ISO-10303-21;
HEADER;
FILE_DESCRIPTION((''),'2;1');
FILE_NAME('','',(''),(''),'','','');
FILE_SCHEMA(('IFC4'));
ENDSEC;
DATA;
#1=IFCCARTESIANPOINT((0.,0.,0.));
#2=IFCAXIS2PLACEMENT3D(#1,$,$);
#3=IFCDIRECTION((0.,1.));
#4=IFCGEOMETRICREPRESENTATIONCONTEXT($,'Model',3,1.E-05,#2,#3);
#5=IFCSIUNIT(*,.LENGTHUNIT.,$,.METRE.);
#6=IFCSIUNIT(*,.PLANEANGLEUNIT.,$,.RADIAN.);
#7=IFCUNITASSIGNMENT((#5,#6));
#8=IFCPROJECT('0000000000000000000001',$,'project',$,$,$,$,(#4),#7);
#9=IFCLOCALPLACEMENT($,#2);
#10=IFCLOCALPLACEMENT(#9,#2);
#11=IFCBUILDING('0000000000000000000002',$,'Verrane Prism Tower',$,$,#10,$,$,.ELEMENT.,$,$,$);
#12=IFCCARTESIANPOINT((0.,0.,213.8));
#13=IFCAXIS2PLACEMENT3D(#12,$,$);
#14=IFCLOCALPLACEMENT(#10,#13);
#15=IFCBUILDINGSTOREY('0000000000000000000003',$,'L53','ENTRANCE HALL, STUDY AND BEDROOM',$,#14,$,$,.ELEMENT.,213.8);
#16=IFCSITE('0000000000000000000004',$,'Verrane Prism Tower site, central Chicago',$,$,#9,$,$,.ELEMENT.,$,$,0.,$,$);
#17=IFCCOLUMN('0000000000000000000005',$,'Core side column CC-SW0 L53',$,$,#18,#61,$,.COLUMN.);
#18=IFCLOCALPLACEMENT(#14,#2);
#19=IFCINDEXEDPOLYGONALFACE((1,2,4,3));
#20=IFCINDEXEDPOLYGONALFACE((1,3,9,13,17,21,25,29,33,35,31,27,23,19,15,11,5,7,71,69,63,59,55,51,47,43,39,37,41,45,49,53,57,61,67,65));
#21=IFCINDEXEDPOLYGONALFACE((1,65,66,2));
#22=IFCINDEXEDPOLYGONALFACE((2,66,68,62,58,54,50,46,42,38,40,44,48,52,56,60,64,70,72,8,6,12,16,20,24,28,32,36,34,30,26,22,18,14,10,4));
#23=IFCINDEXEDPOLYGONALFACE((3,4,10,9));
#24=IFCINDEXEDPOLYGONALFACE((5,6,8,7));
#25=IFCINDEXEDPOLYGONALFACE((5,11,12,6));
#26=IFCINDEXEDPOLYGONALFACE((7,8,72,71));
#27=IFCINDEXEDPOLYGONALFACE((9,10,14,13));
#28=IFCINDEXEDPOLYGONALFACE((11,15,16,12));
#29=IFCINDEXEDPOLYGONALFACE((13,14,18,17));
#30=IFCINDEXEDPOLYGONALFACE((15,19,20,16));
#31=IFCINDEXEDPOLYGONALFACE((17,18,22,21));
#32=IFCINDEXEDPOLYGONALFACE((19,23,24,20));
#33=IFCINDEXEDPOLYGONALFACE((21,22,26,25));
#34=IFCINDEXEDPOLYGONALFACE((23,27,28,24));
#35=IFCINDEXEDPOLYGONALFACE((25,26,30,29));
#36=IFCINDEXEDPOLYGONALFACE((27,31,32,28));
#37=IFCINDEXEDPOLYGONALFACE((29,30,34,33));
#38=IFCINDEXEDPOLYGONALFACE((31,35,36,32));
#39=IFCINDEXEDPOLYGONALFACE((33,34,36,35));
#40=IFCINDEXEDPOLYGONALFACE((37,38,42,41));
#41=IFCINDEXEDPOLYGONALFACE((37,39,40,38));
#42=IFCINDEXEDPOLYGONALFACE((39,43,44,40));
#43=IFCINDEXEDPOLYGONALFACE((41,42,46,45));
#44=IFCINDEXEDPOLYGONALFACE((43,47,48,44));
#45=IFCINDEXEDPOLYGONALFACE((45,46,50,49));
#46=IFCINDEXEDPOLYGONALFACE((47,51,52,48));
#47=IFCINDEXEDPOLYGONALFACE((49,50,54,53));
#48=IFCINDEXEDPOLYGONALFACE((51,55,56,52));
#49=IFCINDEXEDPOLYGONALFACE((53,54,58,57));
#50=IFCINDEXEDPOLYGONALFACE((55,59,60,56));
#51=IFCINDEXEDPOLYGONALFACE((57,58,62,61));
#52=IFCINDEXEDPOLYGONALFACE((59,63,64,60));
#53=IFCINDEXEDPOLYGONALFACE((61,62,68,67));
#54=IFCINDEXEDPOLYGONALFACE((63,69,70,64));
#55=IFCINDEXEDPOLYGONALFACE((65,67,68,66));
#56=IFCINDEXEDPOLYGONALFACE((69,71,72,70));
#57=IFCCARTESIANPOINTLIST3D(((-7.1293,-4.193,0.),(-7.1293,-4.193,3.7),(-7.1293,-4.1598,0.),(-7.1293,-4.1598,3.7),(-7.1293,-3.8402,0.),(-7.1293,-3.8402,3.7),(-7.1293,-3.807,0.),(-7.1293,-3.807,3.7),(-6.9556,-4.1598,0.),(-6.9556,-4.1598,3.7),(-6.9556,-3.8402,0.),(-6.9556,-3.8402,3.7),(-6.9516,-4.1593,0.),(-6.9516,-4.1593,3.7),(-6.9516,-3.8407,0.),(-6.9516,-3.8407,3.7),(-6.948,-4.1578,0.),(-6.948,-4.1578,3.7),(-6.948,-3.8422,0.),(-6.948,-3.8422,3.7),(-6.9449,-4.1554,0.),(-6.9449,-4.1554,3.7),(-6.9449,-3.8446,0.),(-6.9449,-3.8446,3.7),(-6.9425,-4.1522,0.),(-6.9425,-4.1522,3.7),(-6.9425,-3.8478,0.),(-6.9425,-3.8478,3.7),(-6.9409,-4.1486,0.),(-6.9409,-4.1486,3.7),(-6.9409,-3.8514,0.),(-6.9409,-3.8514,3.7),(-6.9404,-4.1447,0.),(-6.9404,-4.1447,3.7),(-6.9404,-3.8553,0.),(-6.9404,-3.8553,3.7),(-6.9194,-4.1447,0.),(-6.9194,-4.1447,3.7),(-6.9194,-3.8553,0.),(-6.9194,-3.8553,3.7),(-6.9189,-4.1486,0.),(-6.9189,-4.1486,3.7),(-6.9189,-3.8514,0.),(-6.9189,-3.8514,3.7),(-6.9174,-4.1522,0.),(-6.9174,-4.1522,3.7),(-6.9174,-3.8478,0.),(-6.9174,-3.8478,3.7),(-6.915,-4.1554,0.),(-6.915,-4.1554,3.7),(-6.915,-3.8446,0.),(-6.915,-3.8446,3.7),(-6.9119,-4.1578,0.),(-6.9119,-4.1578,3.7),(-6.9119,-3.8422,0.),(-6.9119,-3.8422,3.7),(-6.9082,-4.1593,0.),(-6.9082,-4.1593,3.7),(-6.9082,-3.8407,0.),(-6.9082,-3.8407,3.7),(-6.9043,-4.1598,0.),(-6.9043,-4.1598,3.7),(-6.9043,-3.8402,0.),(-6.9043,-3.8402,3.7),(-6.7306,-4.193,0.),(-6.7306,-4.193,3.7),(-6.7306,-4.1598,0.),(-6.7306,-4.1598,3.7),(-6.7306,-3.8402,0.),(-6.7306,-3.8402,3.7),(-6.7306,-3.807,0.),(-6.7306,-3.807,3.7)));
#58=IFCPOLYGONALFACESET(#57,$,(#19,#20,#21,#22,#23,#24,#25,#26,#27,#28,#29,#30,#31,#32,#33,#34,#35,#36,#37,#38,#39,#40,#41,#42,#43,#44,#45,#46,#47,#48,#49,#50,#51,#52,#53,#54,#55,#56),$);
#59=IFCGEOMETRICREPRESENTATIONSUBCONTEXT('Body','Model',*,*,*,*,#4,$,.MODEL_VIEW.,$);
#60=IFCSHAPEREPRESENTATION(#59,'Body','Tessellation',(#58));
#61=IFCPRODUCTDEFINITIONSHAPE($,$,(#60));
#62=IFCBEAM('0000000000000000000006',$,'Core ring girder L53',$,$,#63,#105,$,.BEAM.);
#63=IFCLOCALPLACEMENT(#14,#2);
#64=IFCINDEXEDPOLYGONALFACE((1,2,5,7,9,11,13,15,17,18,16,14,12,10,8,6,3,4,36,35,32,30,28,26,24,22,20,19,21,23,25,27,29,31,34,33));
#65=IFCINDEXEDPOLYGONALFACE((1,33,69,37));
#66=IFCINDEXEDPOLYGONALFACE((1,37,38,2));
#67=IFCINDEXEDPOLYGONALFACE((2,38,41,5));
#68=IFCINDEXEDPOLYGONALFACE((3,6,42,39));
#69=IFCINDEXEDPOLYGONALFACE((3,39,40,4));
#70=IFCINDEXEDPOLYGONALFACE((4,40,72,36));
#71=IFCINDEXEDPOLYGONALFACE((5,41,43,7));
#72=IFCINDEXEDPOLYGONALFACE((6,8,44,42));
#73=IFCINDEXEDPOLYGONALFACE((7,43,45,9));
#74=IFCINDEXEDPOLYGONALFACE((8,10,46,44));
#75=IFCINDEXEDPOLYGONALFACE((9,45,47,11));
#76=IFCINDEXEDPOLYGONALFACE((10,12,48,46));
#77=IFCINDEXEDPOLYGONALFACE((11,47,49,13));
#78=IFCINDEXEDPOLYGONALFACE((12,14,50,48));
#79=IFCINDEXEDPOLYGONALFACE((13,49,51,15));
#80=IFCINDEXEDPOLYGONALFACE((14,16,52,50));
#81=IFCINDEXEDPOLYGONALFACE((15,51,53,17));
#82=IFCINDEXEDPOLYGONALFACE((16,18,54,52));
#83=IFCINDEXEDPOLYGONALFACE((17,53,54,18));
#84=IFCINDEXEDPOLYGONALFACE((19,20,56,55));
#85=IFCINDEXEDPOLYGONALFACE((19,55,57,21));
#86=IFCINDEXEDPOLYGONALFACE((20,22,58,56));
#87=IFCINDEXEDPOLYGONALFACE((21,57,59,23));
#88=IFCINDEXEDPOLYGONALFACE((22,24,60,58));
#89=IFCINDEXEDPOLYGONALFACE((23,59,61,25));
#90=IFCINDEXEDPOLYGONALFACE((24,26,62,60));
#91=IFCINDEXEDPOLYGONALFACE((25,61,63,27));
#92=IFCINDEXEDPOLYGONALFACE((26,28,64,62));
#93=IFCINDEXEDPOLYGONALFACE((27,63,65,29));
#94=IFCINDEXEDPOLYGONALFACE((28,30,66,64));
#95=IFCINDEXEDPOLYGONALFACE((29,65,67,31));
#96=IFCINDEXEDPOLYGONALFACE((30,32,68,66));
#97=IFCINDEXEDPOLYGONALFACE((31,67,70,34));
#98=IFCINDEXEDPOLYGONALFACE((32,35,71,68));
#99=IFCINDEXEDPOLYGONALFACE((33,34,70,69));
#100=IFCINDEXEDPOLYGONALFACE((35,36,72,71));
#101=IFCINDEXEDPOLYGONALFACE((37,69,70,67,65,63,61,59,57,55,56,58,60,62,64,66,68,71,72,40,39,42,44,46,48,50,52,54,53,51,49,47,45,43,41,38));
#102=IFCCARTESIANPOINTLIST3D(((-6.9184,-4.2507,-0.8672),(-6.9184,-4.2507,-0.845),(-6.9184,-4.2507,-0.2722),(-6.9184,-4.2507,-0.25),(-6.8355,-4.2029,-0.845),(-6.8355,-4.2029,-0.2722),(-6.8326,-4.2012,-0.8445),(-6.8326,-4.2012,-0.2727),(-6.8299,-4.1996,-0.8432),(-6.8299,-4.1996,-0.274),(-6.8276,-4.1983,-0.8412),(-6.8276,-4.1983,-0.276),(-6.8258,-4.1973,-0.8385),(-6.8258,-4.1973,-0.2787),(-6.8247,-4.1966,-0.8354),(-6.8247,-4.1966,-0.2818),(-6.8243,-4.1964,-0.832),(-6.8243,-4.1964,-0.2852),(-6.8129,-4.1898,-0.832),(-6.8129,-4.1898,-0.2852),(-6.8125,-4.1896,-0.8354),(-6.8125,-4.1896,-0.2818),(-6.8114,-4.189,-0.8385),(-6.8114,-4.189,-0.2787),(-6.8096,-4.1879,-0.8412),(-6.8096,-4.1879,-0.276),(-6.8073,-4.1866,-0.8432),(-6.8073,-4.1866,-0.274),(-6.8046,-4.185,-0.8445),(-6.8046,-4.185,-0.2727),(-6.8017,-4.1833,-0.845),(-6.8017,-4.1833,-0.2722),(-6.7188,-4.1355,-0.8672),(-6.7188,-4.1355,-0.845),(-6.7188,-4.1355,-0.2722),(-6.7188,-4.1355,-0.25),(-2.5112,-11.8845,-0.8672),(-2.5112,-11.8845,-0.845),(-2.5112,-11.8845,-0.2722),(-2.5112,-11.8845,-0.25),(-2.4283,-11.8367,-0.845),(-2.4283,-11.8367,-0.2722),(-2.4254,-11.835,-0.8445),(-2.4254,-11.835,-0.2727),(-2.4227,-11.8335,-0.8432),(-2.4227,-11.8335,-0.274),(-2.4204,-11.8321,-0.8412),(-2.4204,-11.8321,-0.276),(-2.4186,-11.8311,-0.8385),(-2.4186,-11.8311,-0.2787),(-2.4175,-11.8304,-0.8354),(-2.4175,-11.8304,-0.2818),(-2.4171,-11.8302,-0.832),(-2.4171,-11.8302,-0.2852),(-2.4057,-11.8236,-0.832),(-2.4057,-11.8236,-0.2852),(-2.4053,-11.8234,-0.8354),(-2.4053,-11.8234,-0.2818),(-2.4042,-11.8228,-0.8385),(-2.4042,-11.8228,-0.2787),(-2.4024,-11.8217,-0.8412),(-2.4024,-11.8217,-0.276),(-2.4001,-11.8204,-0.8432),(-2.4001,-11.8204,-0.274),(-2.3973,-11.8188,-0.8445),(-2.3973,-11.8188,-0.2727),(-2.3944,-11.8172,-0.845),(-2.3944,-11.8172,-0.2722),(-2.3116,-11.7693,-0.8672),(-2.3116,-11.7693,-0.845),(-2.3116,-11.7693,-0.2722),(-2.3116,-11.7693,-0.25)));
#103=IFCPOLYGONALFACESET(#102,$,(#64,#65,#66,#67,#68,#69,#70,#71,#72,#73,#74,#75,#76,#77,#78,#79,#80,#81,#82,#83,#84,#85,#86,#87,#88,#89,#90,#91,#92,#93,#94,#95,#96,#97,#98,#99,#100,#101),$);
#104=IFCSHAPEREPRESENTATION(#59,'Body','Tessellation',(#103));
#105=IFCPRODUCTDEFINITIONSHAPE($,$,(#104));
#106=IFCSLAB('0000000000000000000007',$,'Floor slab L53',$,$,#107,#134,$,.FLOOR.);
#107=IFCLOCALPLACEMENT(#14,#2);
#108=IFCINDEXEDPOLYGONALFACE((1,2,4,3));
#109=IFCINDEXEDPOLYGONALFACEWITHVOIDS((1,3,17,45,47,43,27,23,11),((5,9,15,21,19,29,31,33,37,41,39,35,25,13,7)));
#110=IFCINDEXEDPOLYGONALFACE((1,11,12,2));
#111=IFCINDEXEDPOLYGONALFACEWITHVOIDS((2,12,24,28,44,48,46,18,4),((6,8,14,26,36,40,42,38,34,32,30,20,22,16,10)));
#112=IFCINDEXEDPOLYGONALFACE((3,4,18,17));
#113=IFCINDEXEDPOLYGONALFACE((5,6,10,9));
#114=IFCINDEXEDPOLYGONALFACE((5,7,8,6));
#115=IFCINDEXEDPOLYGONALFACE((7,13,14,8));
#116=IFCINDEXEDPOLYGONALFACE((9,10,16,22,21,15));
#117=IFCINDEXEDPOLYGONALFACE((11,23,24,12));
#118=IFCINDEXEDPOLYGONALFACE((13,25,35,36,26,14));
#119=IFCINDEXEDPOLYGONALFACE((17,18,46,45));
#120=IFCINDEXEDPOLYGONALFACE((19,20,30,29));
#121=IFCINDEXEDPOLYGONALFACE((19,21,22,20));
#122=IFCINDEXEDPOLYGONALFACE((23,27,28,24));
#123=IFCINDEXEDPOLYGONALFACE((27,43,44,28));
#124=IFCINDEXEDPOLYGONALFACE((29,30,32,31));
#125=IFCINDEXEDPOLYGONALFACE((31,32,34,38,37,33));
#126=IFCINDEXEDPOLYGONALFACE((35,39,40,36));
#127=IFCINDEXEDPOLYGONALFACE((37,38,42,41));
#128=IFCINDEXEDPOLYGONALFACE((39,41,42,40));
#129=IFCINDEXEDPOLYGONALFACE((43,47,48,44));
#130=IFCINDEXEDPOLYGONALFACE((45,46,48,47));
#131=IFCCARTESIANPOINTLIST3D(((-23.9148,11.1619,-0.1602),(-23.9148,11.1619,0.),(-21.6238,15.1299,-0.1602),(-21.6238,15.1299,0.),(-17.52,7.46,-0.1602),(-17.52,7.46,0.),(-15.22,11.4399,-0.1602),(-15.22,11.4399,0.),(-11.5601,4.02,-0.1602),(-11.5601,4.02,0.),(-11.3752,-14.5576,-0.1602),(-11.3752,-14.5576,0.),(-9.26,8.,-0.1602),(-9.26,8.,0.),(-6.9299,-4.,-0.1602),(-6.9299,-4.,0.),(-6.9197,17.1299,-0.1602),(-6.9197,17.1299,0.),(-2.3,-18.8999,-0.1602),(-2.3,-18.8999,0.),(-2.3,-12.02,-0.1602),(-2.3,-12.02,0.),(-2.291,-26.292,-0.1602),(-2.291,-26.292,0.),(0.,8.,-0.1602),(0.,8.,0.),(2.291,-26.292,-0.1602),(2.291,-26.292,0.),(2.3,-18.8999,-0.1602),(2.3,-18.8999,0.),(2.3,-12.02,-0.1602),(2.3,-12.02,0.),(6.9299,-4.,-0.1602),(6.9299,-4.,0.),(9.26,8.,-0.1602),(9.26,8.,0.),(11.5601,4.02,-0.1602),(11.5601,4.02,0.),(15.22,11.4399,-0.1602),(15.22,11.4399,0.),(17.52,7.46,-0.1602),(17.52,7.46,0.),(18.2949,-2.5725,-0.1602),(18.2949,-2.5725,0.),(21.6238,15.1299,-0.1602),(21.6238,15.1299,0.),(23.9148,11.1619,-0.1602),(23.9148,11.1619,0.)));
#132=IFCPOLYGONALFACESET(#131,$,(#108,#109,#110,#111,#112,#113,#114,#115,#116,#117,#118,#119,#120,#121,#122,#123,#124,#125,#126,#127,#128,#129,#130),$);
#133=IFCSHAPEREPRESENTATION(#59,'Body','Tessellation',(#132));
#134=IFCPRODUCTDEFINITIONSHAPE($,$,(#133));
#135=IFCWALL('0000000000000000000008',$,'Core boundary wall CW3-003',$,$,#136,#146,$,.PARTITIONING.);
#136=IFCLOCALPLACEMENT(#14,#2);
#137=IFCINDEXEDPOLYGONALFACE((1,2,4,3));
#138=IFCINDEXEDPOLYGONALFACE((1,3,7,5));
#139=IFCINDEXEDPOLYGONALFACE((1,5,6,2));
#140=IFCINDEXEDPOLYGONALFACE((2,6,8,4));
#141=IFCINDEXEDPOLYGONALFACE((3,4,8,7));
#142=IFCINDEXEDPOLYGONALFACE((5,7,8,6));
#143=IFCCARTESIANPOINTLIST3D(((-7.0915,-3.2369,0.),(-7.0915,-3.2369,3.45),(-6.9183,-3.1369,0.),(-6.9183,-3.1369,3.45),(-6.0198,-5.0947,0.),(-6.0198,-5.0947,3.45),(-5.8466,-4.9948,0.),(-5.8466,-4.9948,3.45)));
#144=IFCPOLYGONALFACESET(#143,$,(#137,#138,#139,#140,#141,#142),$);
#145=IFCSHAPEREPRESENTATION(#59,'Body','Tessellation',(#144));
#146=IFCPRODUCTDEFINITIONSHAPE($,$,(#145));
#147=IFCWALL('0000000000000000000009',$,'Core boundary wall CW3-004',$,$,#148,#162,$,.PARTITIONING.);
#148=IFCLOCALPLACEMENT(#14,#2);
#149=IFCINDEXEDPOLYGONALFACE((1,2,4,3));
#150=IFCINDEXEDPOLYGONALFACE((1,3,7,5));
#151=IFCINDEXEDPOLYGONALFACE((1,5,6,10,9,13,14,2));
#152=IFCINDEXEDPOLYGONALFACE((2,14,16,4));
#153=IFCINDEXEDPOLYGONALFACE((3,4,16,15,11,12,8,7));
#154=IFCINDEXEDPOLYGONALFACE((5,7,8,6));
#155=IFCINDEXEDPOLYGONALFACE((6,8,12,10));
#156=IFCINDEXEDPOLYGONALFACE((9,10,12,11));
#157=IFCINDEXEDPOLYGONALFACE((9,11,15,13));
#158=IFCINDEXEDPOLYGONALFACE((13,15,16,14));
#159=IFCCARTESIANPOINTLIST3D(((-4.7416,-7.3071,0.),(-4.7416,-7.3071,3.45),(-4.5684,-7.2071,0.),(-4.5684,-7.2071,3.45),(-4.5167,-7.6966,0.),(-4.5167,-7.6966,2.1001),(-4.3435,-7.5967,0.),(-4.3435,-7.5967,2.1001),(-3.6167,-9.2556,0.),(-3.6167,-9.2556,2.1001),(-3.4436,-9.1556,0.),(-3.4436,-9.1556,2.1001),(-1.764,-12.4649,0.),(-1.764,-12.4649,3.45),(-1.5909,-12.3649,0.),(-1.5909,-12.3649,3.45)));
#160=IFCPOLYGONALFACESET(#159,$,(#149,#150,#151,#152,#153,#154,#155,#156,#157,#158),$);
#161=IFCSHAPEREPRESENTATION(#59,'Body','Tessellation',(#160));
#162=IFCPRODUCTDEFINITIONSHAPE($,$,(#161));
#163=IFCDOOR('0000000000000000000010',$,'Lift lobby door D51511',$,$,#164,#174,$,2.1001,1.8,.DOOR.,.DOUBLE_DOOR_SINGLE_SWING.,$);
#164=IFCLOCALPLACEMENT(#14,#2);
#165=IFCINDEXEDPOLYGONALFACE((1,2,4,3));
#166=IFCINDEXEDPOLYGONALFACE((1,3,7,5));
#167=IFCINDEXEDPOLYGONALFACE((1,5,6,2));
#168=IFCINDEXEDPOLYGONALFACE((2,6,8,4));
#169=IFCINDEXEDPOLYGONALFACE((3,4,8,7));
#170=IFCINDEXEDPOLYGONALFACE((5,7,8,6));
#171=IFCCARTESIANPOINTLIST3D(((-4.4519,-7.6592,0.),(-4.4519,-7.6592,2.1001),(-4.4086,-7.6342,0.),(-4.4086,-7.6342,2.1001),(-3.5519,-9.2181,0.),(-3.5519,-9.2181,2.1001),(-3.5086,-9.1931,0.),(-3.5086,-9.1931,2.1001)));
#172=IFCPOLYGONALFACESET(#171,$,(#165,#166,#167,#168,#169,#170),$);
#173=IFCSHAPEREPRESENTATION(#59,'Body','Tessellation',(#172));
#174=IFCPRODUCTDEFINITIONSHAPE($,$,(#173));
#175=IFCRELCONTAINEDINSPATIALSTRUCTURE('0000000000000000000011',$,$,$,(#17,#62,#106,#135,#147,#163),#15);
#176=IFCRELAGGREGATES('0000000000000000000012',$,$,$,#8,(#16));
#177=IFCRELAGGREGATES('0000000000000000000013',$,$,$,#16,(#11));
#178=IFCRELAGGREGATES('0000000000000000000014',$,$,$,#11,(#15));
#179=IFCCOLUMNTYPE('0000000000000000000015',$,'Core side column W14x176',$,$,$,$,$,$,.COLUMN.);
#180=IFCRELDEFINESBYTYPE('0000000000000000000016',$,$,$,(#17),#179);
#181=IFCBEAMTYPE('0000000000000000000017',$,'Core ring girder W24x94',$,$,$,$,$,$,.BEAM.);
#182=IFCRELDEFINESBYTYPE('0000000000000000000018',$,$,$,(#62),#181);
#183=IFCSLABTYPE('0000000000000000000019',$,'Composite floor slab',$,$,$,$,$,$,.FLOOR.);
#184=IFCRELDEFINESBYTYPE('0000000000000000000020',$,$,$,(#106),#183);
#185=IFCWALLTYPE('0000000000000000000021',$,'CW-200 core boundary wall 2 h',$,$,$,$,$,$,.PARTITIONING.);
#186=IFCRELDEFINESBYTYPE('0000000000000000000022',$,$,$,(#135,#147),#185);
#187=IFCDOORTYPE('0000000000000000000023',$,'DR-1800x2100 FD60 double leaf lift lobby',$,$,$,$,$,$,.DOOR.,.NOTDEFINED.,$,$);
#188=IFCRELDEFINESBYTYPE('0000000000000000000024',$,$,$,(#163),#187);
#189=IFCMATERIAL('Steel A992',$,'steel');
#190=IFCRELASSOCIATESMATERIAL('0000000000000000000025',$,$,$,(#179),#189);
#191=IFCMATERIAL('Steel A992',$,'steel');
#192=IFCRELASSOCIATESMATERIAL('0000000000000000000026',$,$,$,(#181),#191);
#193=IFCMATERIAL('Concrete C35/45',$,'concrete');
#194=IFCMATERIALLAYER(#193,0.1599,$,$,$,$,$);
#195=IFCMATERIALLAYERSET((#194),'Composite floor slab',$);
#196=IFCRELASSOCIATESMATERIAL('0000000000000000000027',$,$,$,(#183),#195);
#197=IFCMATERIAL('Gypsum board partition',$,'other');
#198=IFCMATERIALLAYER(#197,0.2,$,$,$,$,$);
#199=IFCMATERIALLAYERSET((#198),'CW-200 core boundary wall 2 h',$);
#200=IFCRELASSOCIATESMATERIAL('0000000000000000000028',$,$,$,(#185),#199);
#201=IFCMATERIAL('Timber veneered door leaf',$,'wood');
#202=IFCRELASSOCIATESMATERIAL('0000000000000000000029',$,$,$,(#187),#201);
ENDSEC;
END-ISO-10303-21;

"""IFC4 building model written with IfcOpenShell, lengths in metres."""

from ifc_helpers import new_model, si_unit, direction, frame, frame_2d, origin, origin_2d, place, context, subcontext, project, spatial, polyline, rectangle, i_section, outline, extrude, material, layer, layer_set, material_profile, profile_set, type_object, element, fill, save


model = new_model("IFC4")

# Units and contexts
model_context = context("Model", 3, precision=1e-05, world=origin(), true_north=direction((0.0, 1.0)))
body_context = subcontext(model_context, "Body", "Model", "MODEL_VIEW")
ifc_project = project(units=[si_unit("LENGTHUNIT", "METRE"), si_unit("PLANEANGLEUNIT", "RADIAN")], contexts=[model_context])

# Site, building, storey
site_placement = place(None, origin())
site = spatial("IfcSite", under=ifc_project, at=site_placement, Name="Verrane Prism Tower site, central Chicago", CompositionType="ELEMENT", RefElevation=0.0)
building_placement = place(site_placement, origin())
building = spatial("IfcBuilding", under=site, at=building_placement, Name="Verrane Prism Tower", CompositionType="ELEMENT")
storey_placement = place(building_placement, frame((0.0, 0.0, 213.8)))
storey = spatial("IfcBuildingStorey", under=building, at=storey_placement, Name="L53", Description="ENTRANCE HALL, STUDY AND BEDROOM", CompositionType="ELEMENT", Elevation=213.8)

# Column
ifc_material_1 = material(Name="Steel A992", Category="steel")
ifc_material_profile_1 = material_profile(ifc_material_1, i_section(OverallWidth=0.3987, OverallDepth=0.386, WebThickness=0.021, FlangeThickness=0.0332, FilletRadius=0.0151, at=origin_2d()), Name="W14x176")
ifc_profile_set_1 = profile_set([ifc_material_profile_1], Name="Steel A992")
column_type = type_object("IfcColumnType", Name="Core side column W14x176", PredefinedType="COLUMN", material=ifc_profile_set_1)
column_placement = place(storey_placement, frame((-6.9299, -4.0, 0.0), z_axis=(0.0, 0.0, 1.0), x_axis=(1.0, 0.0, 0.0)))
element("IfcColumn", 1, at=column_placement, inside=storey, type_object=column_type, Name="Core side column CC-SW0 L53", PredefinedType="COLUMN", context=body_context, shape_type="SweptSolid", body=[
    extrude(i_section(OverallWidth=0.3987, OverallDepth=0.386, WebThickness=0.021, FlangeThickness=0.0332, FilletRadius=0.0151, at=origin_2d()), origin(), (0.0, 0.0, 1.0), 3.7),
])

# Beam
ifc_material_2 = material(Name="Steel A992", Category="steel")
ifc_material_profile_2 = material_profile(ifc_material_2, i_section(OverallWidth=0.2305, OverallDepth=0.6172, WebThickness=0.0132, FlangeThickness=0.0222, FilletRadius=0.0129, at=origin_2d()), Name="W24x94")
ifc_profile_set_2 = profile_set([ifc_material_profile_2], Name="Steel A992")
beam_type = type_object("IfcBeamType", Name="Core ring girder W24x94", PredefinedType="BEAM", material=ifc_profile_set_2)
beam_placement = place(storey_placement, frame((-6.8186, -4.1931, -0.5586), z_axis=(0.499988, -0.866032, 0.0), x_axis=(0.866032, 0.499988, 0.0)))
element("IfcBeam", 2, at=beam_placement, inside=storey, type_object=beam_type, Name="Core ring girder L53", PredefinedType="BEAM", context=body_context, shape_type="SweptSolid", body=[
    extrude(i_section(OverallWidth=0.2305, OverallDepth=0.6172, WebThickness=0.0132, FlangeThickness=0.0222, FilletRadius=0.0129, at=origin_2d()), origin(), (0.0, 0.0, 1.0), 8.8147),
])

# Slab
ifc_material_3 = material(Name="Concrete C35/45", Category="concrete")
ifc_layer_1 = layer(ifc_material_3, 0.1599)
ifc_layer_set_1 = layer_set([ifc_layer_1], Name="Composite floor slab")
slab_type = type_object("IfcSlabType", Name="Composite floor slab", PredefinedType="FLOOR", material=ifc_layer_set_1)
slab_placement = place(storey_placement, frame((0.0, 0.0, -0.1602)))
element("IfcSlab", 3, at=slab_placement, inside=storey, type_object=slab_type, Name="Floor slab L53", PredefinedType="FLOOR", context=body_context, shape_type="SweptSolid", body=[
    extrude(outline(polyline([(18.2949, -2.5725), (2.291, -26.292), (-2.291, -26.292), (-11.3752, -14.5576), (-23.9148, 11.1619), (-21.6238, 15.1299), (-6.9197, 17.1299), (21.6238, 15.1299), (23.9148, 11.1619), (18.2949, -2.5725)]), holes=[polyline([(17.52, 7.46), (15.22, 11.4399), (9.26, 8.0), (0.0, 8.0), (-9.26, 8.0), (-15.22, 11.4399), (-17.52, 7.46), (-11.5601, 4.02), (-6.9299, -4.0), (-2.3, -12.02), (-2.3, -18.8999), (2.3, -18.8999), (2.3, -12.02), (6.9299, -4.0), (11.5601, 4.02), (17.52, 7.46)])]), origin(), (0.0, 0.0, 1.0), 0.1602),
])

# Wall
ifc_material_4 = material(Name="Gypsum board partition", Category="other")
ifc_layer_2 = layer(ifc_material_4, 0.2)
ifc_layer_set_2 = layer_set([ifc_layer_2], Name="CW-200 core boundary wall 2 h")
wall_type_1 = type_object("IfcWallType", Name="CW-200 core boundary wall 2 h", PredefinedType="PARTITIONING", material=ifc_layer_set_2)
wall_1_placement = place(storey_placement, frame((-7.0049, -3.187, 0.0), z_axis=(0.0, 0.0, 1.0), x_axis=(0.49969, -0.866205, 0.0)))
element("IfcWall", 4, at=wall_1_placement, inside=storey, type_object=wall_type_1, Name="Core boundary wall CW3-003", PredefinedType="PARTITIONING", context=body_context, shape_type="SweptSolid", body=[
    extrude(rectangle(XDim=2.1448, YDim=0.2, at=frame_2d((1.0723, 0.0))), origin(), (0.0, 0.0, 1.0), 3.45),
])

# Wall, opening, door
wall_2_placement = place(storey_placement, frame((-4.655, -7.2571, 0.0), z_axis=(0.0, 0.0, 1.0), x_axis=(0.499966, -0.866045, 0.0)))
wall_2 = element("IfcWall", 5, at=wall_2_placement, inside=storey, type_object=wall_type_1, Name="Core boundary wall CW3-004", PredefinedType="PARTITIONING", context=body_context, shape_type="SweptSolid", body=[
    extrude(rectangle(XDim=5.9556, YDim=0.2, at=frame_2d((2.9778, 0.0))), origin(), (0.0, 0.0, 1.0), 3.45),
])
opening_1_placement = place(wall_2_placement, frame((0.45, 0.0, 0.0)))
opening_1 = element("IfcOpeningElement", 6, at=opening_1_placement, cuts=wall_2, PredefinedType="OPENING", context=body_context, shape_type="SweptSolid", body=[
    extrude(rectangle(XDim=1.8, YDim=2.1001, at=frame_2d((0.8999, 1.05))), frame((0.0, 0.1099, 0.0), z_axis=(0.0, -1.0, 0.0), x_axis=(1.0, 0.0, 0.0)), (0.0, 0.0, 1.0), 0.22),
])
ifc_material_5 = material(Name="Timber veneered door leaf", Category="wood")
door_type_1 = type_object("IfcDoorType", Name="DR-1800x2100 FD60 double leaf lift lobby", OperationType="NOTDEFINED", PredefinedType="DOOR", material=ifc_material_5)
door_1_placement = place(opening_1_placement, origin())
door_1 = element("IfcDoor", 7, at=door_1_placement, inside=storey, type_object=door_type_1, Name="Lift lobby door D51511", OperationType="DOUBLE_DOOR_SINGLE_SWING", OverallHeight=2.1001, OverallWidth=1.8, PredefinedType="DOOR", context=body_context, shape_type="SweptSolid", body=[
    extrude(rectangle(XDim=1.8, YDim=2.1001, at=frame_2d((0.8999, 1.05))), frame((0.0, 0.0249, 0.0), z_axis=(0.0, -1.0, 0.0), x_axis=(1.0, 0.0, 0.0)), (0.0, 0.0, 1.0), 0.05),
])
fill(opening_1, door_1)

save(model, "model.ifc")
